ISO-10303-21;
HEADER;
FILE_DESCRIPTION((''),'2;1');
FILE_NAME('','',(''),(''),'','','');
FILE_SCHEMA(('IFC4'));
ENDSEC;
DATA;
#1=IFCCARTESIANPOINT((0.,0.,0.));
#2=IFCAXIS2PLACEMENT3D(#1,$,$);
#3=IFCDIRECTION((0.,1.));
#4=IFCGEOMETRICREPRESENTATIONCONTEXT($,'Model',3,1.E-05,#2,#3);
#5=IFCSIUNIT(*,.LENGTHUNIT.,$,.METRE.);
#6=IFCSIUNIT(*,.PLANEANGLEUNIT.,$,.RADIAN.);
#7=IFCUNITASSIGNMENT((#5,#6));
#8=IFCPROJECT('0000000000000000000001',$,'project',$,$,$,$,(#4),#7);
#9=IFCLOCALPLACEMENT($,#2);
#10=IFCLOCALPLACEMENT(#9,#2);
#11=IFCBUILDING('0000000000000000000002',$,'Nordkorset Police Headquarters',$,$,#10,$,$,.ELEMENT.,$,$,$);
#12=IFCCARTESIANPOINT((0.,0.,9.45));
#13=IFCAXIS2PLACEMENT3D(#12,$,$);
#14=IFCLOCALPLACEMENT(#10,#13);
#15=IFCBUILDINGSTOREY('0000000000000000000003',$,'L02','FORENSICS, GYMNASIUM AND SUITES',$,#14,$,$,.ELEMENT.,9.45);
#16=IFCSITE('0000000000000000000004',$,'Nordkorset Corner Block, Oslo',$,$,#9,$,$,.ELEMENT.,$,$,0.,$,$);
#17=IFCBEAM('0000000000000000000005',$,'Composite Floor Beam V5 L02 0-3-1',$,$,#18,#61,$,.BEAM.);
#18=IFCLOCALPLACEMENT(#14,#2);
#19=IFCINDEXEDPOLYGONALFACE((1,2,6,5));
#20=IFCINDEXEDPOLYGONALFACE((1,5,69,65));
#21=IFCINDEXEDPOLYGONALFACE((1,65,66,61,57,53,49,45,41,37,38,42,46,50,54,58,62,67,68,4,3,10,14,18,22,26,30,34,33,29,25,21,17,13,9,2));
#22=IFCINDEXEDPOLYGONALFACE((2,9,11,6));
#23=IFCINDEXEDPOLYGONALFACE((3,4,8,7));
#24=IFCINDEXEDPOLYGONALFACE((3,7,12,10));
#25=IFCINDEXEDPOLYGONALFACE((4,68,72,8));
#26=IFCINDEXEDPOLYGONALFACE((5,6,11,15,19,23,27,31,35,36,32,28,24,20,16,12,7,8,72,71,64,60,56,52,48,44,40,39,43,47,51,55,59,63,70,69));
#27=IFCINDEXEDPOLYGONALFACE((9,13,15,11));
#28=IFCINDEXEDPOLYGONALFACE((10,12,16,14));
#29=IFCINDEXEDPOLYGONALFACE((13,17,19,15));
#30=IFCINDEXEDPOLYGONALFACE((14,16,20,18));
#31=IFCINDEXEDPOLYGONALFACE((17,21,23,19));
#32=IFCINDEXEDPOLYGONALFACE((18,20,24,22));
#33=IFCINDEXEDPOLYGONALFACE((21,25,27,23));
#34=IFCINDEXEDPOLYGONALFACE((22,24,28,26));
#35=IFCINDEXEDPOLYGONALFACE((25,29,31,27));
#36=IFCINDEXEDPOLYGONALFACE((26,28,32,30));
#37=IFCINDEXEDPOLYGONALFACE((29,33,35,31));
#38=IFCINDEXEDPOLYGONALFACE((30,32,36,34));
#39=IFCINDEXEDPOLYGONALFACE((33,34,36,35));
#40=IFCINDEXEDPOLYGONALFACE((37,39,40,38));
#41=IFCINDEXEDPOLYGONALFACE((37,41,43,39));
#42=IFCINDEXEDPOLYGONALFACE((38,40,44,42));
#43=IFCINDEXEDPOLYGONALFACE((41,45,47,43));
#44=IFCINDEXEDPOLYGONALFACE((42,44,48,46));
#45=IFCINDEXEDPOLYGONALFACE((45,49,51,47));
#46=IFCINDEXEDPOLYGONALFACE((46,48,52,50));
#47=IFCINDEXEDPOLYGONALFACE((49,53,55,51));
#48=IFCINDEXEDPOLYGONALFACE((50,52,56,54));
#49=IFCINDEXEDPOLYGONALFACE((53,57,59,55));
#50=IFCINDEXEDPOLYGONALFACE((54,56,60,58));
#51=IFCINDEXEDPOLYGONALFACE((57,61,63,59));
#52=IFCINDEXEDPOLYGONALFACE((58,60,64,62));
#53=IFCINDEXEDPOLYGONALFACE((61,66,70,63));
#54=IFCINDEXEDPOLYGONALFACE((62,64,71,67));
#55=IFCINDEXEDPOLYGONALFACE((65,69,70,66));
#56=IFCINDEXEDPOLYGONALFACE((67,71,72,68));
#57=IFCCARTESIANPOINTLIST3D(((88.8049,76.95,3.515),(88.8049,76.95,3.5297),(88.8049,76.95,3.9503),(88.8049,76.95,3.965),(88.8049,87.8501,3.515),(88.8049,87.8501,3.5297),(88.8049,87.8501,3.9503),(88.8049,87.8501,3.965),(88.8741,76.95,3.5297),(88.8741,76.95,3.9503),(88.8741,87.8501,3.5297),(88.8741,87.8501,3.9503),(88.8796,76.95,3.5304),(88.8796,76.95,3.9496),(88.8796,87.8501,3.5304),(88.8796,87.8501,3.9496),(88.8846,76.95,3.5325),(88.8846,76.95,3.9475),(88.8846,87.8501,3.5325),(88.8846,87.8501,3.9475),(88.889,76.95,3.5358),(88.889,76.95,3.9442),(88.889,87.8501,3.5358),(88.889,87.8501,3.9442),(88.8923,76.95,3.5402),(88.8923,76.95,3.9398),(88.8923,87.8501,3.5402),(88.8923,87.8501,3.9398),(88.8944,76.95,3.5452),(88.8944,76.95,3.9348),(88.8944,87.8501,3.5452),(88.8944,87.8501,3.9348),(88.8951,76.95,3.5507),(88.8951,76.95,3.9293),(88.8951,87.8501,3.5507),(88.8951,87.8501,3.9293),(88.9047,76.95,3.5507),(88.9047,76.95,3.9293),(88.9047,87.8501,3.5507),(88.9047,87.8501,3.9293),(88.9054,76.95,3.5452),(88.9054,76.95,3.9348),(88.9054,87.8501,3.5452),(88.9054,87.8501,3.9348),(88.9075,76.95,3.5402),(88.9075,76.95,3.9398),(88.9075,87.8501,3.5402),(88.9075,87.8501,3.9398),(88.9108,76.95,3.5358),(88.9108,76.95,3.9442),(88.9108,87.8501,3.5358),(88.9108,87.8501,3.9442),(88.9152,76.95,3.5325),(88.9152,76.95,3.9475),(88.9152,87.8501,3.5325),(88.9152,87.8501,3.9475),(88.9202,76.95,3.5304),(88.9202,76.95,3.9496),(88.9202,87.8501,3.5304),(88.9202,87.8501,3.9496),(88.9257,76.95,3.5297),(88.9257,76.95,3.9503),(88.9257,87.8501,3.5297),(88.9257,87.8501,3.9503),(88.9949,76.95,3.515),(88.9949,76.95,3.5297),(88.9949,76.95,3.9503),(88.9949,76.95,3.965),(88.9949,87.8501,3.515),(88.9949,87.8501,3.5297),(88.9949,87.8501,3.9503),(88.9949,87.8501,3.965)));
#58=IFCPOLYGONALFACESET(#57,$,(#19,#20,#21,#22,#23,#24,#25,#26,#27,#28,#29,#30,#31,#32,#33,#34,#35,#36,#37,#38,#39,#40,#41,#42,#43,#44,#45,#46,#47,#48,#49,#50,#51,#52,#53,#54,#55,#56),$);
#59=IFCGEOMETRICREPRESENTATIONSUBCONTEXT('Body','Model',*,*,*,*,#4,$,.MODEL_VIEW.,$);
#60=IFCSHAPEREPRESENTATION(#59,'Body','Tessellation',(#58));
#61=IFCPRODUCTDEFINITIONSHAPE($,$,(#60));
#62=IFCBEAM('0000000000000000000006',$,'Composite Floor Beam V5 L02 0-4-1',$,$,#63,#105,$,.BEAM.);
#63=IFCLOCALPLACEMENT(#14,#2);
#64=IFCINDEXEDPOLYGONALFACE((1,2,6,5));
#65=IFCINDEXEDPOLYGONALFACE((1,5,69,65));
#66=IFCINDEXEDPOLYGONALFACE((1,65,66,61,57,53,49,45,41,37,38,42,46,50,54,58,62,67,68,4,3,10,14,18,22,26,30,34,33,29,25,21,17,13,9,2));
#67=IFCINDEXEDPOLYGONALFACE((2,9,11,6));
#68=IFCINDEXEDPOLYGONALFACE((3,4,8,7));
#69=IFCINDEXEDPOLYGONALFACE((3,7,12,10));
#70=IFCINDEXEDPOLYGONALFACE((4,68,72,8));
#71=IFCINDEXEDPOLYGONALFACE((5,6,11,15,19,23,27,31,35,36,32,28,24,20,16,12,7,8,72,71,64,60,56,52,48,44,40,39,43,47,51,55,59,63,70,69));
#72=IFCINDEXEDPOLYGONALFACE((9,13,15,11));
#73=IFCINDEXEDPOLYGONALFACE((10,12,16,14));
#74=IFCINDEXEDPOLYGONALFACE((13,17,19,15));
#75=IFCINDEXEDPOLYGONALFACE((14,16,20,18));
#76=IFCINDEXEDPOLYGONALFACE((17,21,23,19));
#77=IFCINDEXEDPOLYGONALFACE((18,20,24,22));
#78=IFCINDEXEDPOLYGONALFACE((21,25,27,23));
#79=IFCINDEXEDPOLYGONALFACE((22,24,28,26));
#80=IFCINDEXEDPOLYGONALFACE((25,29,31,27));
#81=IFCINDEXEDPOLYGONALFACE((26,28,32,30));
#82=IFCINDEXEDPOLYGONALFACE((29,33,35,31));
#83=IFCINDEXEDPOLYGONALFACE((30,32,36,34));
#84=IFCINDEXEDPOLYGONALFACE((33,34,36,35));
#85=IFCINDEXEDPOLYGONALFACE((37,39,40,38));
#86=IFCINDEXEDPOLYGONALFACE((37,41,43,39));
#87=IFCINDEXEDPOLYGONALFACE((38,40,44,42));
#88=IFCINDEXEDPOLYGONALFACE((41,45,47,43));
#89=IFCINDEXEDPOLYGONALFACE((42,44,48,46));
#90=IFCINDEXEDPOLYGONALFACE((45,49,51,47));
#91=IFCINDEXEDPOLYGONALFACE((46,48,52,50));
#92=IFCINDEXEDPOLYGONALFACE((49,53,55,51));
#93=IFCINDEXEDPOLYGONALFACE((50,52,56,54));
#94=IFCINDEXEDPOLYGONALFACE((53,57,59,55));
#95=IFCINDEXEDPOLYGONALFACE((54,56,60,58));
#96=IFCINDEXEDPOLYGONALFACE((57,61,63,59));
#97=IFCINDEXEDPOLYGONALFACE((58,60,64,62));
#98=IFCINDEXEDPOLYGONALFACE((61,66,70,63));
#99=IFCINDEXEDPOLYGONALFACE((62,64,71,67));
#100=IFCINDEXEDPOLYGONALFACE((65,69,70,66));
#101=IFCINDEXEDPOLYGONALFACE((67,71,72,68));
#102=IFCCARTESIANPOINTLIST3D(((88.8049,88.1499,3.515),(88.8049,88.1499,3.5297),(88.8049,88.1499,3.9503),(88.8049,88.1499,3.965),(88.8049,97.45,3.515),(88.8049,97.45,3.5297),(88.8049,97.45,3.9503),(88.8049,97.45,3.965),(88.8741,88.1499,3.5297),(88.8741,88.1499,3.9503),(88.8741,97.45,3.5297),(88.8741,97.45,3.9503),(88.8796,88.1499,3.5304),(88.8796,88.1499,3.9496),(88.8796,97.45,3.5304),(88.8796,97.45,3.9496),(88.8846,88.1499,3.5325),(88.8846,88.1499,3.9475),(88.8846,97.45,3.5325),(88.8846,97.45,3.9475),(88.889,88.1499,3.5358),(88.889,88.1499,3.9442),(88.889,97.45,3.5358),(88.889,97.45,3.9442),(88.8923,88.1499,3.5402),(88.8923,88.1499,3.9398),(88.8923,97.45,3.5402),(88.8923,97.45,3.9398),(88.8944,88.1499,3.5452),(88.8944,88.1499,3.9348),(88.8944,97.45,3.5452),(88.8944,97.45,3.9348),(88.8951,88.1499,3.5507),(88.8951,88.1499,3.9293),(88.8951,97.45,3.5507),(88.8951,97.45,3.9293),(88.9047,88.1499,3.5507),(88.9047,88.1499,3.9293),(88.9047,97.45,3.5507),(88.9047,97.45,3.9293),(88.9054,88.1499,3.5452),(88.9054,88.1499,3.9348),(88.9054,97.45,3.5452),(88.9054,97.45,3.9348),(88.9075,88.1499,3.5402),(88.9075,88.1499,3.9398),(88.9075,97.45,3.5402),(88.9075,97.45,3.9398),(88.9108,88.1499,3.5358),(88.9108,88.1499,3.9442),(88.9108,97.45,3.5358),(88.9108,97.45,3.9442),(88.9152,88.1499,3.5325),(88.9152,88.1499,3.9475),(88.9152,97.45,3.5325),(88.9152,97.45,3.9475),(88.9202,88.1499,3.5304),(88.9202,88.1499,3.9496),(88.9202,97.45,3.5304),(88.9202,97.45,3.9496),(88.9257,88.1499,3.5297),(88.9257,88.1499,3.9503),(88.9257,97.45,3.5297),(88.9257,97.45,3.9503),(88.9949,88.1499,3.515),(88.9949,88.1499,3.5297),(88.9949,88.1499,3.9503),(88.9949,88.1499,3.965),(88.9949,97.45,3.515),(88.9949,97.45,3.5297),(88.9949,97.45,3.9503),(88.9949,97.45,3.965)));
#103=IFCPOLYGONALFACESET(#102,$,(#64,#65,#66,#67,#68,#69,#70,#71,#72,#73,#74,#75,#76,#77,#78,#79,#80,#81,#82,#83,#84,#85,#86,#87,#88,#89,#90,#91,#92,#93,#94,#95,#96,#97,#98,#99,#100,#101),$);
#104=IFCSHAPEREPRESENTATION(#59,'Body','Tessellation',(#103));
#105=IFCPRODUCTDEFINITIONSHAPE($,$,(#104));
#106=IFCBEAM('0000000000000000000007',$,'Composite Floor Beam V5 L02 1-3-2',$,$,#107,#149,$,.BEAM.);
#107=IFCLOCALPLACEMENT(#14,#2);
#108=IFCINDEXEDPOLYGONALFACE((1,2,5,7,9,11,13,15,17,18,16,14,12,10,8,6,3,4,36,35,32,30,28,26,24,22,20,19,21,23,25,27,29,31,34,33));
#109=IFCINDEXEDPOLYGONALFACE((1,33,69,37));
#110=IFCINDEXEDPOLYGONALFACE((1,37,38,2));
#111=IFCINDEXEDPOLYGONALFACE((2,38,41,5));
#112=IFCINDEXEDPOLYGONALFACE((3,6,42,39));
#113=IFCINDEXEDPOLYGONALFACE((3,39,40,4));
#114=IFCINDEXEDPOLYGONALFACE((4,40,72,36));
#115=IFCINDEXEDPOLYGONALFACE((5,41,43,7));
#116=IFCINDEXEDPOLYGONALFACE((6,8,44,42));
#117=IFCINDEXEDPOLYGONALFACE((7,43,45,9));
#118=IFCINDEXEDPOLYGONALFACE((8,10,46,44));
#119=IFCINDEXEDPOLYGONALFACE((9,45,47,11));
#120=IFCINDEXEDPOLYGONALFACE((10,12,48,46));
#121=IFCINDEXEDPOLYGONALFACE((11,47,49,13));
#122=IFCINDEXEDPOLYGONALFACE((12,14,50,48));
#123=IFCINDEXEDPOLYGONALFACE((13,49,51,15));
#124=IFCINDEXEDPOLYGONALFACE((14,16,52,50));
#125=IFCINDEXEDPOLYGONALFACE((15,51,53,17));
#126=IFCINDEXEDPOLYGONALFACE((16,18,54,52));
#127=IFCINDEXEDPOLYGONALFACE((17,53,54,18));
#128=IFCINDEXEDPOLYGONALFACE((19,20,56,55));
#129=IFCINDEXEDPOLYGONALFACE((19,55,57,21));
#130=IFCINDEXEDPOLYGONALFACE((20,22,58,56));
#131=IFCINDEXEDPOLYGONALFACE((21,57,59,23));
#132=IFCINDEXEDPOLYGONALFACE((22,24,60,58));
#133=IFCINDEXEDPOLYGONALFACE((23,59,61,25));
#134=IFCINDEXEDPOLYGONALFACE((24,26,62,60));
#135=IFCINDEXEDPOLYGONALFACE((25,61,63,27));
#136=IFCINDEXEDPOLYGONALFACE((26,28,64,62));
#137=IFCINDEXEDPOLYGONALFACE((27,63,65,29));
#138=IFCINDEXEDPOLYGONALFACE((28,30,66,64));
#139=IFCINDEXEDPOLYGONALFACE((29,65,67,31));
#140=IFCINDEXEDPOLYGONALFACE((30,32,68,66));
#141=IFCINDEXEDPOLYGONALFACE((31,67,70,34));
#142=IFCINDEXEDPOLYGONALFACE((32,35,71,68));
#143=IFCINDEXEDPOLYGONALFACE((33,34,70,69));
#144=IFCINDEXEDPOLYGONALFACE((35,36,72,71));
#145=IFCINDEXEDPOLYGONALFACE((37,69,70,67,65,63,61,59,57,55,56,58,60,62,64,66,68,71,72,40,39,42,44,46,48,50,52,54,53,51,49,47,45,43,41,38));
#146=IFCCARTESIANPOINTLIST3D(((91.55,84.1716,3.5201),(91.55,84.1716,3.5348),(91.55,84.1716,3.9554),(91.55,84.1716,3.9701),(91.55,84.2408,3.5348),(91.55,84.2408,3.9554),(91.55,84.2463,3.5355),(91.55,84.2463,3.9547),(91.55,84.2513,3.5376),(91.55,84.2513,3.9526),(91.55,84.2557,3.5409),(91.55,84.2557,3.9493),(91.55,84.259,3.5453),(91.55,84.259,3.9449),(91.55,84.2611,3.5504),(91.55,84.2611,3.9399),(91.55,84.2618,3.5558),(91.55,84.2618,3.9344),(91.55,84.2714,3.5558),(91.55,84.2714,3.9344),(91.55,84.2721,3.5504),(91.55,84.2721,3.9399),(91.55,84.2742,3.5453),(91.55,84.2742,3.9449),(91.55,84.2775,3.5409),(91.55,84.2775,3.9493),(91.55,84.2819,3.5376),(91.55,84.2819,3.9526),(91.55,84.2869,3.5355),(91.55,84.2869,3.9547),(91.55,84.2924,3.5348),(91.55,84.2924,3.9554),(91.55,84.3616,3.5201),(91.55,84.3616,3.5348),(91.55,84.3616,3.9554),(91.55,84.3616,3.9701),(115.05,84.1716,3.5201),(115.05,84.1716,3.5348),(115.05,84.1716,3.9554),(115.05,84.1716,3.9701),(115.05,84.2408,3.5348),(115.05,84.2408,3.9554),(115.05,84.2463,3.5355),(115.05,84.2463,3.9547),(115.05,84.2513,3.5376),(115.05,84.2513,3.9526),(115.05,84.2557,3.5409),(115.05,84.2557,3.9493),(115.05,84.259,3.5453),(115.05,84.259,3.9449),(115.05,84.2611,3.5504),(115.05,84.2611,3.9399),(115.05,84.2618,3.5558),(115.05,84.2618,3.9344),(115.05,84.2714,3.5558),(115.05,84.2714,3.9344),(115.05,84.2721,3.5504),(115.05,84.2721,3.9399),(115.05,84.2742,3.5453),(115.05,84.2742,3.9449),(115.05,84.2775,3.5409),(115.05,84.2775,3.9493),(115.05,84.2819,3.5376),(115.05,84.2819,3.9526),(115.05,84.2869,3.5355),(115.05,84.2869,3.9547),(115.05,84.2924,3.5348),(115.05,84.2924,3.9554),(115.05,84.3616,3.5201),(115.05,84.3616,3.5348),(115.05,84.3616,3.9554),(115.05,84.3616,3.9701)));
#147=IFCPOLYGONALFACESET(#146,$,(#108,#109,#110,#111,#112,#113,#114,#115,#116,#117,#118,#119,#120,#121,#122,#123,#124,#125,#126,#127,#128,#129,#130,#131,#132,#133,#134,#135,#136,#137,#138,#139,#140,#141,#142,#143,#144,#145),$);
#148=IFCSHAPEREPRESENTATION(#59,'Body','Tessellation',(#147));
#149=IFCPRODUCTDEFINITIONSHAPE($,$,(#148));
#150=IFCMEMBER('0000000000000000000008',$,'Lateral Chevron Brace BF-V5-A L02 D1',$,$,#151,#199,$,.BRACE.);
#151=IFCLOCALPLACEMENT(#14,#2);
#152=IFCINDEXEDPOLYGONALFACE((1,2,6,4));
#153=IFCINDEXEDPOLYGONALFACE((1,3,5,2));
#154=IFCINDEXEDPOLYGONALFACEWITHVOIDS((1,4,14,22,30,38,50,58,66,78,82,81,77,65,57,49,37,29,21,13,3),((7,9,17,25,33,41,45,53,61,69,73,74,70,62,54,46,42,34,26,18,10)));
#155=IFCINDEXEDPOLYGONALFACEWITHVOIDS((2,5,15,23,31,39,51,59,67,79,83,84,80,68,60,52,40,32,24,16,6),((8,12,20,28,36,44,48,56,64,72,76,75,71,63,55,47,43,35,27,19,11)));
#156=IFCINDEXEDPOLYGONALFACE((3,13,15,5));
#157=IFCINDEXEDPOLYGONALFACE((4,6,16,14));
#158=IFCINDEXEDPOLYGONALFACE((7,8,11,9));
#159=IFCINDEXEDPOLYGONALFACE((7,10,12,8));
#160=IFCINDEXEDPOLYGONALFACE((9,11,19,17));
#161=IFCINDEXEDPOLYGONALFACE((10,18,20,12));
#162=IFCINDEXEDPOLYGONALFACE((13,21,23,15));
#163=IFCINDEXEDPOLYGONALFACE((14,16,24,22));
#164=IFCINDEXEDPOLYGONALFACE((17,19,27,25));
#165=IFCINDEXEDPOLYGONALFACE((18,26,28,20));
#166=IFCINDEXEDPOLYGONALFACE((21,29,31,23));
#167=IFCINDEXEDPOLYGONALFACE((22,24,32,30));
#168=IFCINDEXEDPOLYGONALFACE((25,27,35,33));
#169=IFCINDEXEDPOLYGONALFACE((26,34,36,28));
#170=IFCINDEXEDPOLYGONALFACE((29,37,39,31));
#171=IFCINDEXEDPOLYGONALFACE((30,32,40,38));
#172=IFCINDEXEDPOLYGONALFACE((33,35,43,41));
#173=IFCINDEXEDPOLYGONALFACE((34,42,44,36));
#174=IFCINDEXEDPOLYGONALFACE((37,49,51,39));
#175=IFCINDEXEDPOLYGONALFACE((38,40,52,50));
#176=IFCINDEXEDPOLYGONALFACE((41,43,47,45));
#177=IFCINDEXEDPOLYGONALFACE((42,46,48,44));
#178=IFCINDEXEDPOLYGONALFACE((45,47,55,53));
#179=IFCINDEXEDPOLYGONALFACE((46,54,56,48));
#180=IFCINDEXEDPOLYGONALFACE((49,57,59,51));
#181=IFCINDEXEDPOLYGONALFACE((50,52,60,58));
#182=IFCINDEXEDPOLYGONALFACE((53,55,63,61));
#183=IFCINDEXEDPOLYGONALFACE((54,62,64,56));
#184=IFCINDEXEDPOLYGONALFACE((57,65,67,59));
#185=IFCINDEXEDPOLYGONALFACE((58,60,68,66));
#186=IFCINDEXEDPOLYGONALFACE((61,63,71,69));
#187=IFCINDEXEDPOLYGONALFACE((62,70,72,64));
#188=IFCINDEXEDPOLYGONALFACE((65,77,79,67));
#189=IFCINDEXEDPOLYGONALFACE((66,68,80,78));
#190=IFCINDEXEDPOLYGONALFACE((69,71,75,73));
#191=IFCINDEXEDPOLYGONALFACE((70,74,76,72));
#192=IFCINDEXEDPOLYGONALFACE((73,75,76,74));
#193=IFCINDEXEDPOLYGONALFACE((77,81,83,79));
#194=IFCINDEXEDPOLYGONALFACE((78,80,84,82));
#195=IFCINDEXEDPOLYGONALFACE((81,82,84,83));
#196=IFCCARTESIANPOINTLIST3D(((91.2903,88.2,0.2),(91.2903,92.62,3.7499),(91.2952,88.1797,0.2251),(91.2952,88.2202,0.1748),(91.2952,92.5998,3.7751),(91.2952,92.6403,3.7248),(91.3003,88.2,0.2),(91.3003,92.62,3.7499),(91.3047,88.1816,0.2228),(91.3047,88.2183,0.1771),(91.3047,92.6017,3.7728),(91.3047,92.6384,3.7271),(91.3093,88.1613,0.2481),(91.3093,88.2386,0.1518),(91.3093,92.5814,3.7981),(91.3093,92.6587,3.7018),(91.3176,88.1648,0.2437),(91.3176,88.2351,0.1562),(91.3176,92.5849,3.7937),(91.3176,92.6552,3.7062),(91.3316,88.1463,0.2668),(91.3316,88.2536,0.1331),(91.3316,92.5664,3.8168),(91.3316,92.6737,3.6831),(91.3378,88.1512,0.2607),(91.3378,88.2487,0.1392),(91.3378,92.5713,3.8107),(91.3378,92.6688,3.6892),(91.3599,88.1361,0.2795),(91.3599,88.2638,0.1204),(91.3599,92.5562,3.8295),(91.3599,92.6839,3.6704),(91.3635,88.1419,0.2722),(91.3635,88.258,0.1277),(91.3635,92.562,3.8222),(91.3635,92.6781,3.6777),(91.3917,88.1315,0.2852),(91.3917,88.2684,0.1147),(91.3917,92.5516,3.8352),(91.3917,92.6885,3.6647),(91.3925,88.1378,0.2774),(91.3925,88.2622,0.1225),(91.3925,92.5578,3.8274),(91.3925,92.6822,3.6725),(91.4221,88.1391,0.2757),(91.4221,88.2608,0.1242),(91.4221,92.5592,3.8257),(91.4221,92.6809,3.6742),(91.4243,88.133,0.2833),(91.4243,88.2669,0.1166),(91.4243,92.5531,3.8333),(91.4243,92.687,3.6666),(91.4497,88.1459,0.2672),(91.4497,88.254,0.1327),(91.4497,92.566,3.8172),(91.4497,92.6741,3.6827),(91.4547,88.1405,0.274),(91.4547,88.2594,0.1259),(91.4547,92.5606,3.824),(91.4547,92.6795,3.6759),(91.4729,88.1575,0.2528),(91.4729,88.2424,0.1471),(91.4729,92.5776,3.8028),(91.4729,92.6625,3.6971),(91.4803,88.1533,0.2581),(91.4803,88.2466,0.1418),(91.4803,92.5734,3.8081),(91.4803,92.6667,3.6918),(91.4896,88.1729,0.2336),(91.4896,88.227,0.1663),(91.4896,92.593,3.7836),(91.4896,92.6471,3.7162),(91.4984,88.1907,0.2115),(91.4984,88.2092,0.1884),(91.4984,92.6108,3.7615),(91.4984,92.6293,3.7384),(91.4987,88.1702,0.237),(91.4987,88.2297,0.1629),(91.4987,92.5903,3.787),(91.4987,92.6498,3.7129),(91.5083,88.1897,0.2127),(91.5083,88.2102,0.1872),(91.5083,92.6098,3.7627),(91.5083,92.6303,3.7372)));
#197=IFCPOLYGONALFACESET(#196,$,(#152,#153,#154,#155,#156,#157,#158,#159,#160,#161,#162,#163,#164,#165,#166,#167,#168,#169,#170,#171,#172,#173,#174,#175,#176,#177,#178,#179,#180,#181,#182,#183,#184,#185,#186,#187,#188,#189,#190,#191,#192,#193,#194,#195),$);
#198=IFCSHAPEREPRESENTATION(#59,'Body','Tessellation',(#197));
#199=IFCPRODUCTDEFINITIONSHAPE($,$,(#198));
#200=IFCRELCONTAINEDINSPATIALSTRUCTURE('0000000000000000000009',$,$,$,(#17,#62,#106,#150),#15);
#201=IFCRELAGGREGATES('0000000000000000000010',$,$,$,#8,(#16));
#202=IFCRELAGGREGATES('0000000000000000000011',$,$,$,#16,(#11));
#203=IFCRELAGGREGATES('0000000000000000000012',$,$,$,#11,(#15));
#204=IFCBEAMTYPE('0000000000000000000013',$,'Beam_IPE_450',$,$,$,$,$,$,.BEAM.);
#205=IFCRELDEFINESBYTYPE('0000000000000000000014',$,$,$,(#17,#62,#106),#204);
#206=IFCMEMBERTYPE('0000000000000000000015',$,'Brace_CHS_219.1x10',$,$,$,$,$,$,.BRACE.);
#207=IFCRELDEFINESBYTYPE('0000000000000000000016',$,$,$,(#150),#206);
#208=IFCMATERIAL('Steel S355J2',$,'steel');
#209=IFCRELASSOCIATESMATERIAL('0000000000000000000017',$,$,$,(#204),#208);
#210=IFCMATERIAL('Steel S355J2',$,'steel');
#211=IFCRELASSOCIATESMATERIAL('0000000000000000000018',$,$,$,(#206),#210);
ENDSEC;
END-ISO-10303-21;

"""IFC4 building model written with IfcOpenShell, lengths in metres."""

from ifc_helpers import new_model, si_unit, direction, frame, origin, origin_2d, place, context, subcontext, project, spatial, hollow_circle, i_section, extrude, material, material_profile, profile_set, type_object, element, save


model = new_model("IFC4")

# Units and contexts
model_context = context("Model", 3, precision=1e-05, world=origin(), true_north=direction((0.0, 1.0)))
body_context = subcontext(model_context, "Body", "Model", "MODEL_VIEW")
ifc_project = project(units=[si_unit("LENGTHUNIT", "METRE"), si_unit("PLANEANGLEUNIT", "RADIAN")], contexts=[model_context])

# Site, building, storey
site_placement = place(None, origin())
site = spatial("IfcSite", under=ifc_project, at=site_placement, Name="Nordkorset Corner Block, Oslo", CompositionType="ELEMENT", RefElevation=0.0)
building_placement = place(site_placement, origin())
building = spatial("IfcBuilding", under=site, at=building_placement, Name="Nordkorset Police Headquarters", CompositionType="ELEMENT")
storey_placement = place(building_placement, frame((0.0, 0.0, 9.45)))
storey = spatial("IfcBuildingStorey", under=building, at=storey_placement, Name="L02", Description="FORENSICS, GYMNASIUM AND SUITES", CompositionType="ELEMENT", Elevation=9.45)

# Beams
ifc_material_1 = material(Name="Steel S355J2", Category="steel")
ifc_material_profile_1 = material_profile(ifc_material_1, i_section(OverallWidth=0.1899, OverallDepth=0.45, WebThickness=0.0095, FlangeThickness=0.0146, FilletRadius=0.021, at=origin_2d()), Name="IPE 450")
ifc_profile_set_1 = profile_set([ifc_material_profile_1], Name="Steel S355J2")
beam_type_1 = type_object("IfcBeamType", Name="Beam_IPE_450", PredefinedType="BEAM", material=ifc_profile_set_1)
beam_1_placement = place(storey_placement, frame((88.8999, 76.95, 3.74), z_axis=(0.0, 1.0, 0.0), x_axis=(-1.0, 0.0, 0.0)))
element("IfcBeam", 1, at=beam_1_placement, inside=storey, type_object=beam_type_1, Name="Composite Floor Beam V5 L02 0-3-1", PredefinedType="BEAM", context=body_context, shape_type="SweptSolid", body=[
    extrude(i_section(OverallWidth=0.1899, OverallDepth=0.45, WebThickness=0.0095, FlangeThickness=0.0146, FilletRadius=0.021, at=origin_2d()), origin(), (0.0, 0.0, 1.0), 10.9001),
])
beam_2_placement = place(storey_placement, frame((88.8999, 88.1499, 3.74), z_axis=(0.0, 1.0, 0.0), x_axis=(-1.0, 0.0, 0.0)))
element("IfcBeam", 2, at=beam_2_placement, inside=storey, type_object=beam_type_1, Name="Composite Floor Beam V5 L02 0-4-1", PredefinedType="BEAM", context=body_context, shape_type="SweptSolid", body=[
    extrude(i_section(OverallWidth=0.1899, OverallDepth=0.45, WebThickness=0.0095, FlangeThickness=0.0146, FilletRadius=0.021, at=origin_2d()), origin(), (0.0, 0.0, 1.0), 9.3),
])
beam_3_placement = place(storey_placement, frame((91.55, 84.2666, 3.7451), z_axis=(1.0, 0.0, 0.0), x_axis=(0.0, 1.0, 0.0)))
element("IfcBeam", 3, at=beam_3_placement, inside=storey, type_object=beam_type_1, Name="Composite Floor Beam V5 L02 1-3-2", PredefinedType="BEAM", context=body_context, shape_type="SweptSolid", body=[
    extrude(i_section(OverallWidth=0.1899, OverallDepth=0.45, WebThickness=0.0095, FlangeThickness=0.0146, FilletRadius=0.021, at=origin_2d()), origin(), (0.0, 0.0, 1.0), 23.5),
])

# Member
ifc_material_2 = material(Name="Steel S355J2", Category="steel")
ifc_material_profile_2 = material_profile(ifc_material_2, hollow_circle(Radius=0.1096, WallThickness=0.01, at=origin_2d()), Name="CHS 219.1x10")
ifc_profile_set_2 = profile_set([ifc_material_profile_2], Name="Steel S355J2")
member_type_1 = type_object("IfcMemberType", Name="Brace_CHS_219.1x10", PredefinedType="BRACE", material=ifc_profile_set_2)
member_1_placement = place(storey_placement, frame((91.3999, 88.2, 0.2), z_axis=(0.0, 0.77967, 0.626191), x_axis=(-1.0, 0.0, 0.0)))
element("IfcMember", 4, at=member_1_placement, inside=storey, type_object=member_type_1, Name="Lateral Chevron Brace BF-V5-A L02 D1", PredefinedType="BRACE", context=body_context, shape_type="SweptSolid", body=[
    extrude(hollow_circle(Radius=0.1096, WallThickness=0.01, at=origin_2d()), origin(), (0.0, 0.0, 1.0), 5.6692),
])

save(model, "model.ifc")
